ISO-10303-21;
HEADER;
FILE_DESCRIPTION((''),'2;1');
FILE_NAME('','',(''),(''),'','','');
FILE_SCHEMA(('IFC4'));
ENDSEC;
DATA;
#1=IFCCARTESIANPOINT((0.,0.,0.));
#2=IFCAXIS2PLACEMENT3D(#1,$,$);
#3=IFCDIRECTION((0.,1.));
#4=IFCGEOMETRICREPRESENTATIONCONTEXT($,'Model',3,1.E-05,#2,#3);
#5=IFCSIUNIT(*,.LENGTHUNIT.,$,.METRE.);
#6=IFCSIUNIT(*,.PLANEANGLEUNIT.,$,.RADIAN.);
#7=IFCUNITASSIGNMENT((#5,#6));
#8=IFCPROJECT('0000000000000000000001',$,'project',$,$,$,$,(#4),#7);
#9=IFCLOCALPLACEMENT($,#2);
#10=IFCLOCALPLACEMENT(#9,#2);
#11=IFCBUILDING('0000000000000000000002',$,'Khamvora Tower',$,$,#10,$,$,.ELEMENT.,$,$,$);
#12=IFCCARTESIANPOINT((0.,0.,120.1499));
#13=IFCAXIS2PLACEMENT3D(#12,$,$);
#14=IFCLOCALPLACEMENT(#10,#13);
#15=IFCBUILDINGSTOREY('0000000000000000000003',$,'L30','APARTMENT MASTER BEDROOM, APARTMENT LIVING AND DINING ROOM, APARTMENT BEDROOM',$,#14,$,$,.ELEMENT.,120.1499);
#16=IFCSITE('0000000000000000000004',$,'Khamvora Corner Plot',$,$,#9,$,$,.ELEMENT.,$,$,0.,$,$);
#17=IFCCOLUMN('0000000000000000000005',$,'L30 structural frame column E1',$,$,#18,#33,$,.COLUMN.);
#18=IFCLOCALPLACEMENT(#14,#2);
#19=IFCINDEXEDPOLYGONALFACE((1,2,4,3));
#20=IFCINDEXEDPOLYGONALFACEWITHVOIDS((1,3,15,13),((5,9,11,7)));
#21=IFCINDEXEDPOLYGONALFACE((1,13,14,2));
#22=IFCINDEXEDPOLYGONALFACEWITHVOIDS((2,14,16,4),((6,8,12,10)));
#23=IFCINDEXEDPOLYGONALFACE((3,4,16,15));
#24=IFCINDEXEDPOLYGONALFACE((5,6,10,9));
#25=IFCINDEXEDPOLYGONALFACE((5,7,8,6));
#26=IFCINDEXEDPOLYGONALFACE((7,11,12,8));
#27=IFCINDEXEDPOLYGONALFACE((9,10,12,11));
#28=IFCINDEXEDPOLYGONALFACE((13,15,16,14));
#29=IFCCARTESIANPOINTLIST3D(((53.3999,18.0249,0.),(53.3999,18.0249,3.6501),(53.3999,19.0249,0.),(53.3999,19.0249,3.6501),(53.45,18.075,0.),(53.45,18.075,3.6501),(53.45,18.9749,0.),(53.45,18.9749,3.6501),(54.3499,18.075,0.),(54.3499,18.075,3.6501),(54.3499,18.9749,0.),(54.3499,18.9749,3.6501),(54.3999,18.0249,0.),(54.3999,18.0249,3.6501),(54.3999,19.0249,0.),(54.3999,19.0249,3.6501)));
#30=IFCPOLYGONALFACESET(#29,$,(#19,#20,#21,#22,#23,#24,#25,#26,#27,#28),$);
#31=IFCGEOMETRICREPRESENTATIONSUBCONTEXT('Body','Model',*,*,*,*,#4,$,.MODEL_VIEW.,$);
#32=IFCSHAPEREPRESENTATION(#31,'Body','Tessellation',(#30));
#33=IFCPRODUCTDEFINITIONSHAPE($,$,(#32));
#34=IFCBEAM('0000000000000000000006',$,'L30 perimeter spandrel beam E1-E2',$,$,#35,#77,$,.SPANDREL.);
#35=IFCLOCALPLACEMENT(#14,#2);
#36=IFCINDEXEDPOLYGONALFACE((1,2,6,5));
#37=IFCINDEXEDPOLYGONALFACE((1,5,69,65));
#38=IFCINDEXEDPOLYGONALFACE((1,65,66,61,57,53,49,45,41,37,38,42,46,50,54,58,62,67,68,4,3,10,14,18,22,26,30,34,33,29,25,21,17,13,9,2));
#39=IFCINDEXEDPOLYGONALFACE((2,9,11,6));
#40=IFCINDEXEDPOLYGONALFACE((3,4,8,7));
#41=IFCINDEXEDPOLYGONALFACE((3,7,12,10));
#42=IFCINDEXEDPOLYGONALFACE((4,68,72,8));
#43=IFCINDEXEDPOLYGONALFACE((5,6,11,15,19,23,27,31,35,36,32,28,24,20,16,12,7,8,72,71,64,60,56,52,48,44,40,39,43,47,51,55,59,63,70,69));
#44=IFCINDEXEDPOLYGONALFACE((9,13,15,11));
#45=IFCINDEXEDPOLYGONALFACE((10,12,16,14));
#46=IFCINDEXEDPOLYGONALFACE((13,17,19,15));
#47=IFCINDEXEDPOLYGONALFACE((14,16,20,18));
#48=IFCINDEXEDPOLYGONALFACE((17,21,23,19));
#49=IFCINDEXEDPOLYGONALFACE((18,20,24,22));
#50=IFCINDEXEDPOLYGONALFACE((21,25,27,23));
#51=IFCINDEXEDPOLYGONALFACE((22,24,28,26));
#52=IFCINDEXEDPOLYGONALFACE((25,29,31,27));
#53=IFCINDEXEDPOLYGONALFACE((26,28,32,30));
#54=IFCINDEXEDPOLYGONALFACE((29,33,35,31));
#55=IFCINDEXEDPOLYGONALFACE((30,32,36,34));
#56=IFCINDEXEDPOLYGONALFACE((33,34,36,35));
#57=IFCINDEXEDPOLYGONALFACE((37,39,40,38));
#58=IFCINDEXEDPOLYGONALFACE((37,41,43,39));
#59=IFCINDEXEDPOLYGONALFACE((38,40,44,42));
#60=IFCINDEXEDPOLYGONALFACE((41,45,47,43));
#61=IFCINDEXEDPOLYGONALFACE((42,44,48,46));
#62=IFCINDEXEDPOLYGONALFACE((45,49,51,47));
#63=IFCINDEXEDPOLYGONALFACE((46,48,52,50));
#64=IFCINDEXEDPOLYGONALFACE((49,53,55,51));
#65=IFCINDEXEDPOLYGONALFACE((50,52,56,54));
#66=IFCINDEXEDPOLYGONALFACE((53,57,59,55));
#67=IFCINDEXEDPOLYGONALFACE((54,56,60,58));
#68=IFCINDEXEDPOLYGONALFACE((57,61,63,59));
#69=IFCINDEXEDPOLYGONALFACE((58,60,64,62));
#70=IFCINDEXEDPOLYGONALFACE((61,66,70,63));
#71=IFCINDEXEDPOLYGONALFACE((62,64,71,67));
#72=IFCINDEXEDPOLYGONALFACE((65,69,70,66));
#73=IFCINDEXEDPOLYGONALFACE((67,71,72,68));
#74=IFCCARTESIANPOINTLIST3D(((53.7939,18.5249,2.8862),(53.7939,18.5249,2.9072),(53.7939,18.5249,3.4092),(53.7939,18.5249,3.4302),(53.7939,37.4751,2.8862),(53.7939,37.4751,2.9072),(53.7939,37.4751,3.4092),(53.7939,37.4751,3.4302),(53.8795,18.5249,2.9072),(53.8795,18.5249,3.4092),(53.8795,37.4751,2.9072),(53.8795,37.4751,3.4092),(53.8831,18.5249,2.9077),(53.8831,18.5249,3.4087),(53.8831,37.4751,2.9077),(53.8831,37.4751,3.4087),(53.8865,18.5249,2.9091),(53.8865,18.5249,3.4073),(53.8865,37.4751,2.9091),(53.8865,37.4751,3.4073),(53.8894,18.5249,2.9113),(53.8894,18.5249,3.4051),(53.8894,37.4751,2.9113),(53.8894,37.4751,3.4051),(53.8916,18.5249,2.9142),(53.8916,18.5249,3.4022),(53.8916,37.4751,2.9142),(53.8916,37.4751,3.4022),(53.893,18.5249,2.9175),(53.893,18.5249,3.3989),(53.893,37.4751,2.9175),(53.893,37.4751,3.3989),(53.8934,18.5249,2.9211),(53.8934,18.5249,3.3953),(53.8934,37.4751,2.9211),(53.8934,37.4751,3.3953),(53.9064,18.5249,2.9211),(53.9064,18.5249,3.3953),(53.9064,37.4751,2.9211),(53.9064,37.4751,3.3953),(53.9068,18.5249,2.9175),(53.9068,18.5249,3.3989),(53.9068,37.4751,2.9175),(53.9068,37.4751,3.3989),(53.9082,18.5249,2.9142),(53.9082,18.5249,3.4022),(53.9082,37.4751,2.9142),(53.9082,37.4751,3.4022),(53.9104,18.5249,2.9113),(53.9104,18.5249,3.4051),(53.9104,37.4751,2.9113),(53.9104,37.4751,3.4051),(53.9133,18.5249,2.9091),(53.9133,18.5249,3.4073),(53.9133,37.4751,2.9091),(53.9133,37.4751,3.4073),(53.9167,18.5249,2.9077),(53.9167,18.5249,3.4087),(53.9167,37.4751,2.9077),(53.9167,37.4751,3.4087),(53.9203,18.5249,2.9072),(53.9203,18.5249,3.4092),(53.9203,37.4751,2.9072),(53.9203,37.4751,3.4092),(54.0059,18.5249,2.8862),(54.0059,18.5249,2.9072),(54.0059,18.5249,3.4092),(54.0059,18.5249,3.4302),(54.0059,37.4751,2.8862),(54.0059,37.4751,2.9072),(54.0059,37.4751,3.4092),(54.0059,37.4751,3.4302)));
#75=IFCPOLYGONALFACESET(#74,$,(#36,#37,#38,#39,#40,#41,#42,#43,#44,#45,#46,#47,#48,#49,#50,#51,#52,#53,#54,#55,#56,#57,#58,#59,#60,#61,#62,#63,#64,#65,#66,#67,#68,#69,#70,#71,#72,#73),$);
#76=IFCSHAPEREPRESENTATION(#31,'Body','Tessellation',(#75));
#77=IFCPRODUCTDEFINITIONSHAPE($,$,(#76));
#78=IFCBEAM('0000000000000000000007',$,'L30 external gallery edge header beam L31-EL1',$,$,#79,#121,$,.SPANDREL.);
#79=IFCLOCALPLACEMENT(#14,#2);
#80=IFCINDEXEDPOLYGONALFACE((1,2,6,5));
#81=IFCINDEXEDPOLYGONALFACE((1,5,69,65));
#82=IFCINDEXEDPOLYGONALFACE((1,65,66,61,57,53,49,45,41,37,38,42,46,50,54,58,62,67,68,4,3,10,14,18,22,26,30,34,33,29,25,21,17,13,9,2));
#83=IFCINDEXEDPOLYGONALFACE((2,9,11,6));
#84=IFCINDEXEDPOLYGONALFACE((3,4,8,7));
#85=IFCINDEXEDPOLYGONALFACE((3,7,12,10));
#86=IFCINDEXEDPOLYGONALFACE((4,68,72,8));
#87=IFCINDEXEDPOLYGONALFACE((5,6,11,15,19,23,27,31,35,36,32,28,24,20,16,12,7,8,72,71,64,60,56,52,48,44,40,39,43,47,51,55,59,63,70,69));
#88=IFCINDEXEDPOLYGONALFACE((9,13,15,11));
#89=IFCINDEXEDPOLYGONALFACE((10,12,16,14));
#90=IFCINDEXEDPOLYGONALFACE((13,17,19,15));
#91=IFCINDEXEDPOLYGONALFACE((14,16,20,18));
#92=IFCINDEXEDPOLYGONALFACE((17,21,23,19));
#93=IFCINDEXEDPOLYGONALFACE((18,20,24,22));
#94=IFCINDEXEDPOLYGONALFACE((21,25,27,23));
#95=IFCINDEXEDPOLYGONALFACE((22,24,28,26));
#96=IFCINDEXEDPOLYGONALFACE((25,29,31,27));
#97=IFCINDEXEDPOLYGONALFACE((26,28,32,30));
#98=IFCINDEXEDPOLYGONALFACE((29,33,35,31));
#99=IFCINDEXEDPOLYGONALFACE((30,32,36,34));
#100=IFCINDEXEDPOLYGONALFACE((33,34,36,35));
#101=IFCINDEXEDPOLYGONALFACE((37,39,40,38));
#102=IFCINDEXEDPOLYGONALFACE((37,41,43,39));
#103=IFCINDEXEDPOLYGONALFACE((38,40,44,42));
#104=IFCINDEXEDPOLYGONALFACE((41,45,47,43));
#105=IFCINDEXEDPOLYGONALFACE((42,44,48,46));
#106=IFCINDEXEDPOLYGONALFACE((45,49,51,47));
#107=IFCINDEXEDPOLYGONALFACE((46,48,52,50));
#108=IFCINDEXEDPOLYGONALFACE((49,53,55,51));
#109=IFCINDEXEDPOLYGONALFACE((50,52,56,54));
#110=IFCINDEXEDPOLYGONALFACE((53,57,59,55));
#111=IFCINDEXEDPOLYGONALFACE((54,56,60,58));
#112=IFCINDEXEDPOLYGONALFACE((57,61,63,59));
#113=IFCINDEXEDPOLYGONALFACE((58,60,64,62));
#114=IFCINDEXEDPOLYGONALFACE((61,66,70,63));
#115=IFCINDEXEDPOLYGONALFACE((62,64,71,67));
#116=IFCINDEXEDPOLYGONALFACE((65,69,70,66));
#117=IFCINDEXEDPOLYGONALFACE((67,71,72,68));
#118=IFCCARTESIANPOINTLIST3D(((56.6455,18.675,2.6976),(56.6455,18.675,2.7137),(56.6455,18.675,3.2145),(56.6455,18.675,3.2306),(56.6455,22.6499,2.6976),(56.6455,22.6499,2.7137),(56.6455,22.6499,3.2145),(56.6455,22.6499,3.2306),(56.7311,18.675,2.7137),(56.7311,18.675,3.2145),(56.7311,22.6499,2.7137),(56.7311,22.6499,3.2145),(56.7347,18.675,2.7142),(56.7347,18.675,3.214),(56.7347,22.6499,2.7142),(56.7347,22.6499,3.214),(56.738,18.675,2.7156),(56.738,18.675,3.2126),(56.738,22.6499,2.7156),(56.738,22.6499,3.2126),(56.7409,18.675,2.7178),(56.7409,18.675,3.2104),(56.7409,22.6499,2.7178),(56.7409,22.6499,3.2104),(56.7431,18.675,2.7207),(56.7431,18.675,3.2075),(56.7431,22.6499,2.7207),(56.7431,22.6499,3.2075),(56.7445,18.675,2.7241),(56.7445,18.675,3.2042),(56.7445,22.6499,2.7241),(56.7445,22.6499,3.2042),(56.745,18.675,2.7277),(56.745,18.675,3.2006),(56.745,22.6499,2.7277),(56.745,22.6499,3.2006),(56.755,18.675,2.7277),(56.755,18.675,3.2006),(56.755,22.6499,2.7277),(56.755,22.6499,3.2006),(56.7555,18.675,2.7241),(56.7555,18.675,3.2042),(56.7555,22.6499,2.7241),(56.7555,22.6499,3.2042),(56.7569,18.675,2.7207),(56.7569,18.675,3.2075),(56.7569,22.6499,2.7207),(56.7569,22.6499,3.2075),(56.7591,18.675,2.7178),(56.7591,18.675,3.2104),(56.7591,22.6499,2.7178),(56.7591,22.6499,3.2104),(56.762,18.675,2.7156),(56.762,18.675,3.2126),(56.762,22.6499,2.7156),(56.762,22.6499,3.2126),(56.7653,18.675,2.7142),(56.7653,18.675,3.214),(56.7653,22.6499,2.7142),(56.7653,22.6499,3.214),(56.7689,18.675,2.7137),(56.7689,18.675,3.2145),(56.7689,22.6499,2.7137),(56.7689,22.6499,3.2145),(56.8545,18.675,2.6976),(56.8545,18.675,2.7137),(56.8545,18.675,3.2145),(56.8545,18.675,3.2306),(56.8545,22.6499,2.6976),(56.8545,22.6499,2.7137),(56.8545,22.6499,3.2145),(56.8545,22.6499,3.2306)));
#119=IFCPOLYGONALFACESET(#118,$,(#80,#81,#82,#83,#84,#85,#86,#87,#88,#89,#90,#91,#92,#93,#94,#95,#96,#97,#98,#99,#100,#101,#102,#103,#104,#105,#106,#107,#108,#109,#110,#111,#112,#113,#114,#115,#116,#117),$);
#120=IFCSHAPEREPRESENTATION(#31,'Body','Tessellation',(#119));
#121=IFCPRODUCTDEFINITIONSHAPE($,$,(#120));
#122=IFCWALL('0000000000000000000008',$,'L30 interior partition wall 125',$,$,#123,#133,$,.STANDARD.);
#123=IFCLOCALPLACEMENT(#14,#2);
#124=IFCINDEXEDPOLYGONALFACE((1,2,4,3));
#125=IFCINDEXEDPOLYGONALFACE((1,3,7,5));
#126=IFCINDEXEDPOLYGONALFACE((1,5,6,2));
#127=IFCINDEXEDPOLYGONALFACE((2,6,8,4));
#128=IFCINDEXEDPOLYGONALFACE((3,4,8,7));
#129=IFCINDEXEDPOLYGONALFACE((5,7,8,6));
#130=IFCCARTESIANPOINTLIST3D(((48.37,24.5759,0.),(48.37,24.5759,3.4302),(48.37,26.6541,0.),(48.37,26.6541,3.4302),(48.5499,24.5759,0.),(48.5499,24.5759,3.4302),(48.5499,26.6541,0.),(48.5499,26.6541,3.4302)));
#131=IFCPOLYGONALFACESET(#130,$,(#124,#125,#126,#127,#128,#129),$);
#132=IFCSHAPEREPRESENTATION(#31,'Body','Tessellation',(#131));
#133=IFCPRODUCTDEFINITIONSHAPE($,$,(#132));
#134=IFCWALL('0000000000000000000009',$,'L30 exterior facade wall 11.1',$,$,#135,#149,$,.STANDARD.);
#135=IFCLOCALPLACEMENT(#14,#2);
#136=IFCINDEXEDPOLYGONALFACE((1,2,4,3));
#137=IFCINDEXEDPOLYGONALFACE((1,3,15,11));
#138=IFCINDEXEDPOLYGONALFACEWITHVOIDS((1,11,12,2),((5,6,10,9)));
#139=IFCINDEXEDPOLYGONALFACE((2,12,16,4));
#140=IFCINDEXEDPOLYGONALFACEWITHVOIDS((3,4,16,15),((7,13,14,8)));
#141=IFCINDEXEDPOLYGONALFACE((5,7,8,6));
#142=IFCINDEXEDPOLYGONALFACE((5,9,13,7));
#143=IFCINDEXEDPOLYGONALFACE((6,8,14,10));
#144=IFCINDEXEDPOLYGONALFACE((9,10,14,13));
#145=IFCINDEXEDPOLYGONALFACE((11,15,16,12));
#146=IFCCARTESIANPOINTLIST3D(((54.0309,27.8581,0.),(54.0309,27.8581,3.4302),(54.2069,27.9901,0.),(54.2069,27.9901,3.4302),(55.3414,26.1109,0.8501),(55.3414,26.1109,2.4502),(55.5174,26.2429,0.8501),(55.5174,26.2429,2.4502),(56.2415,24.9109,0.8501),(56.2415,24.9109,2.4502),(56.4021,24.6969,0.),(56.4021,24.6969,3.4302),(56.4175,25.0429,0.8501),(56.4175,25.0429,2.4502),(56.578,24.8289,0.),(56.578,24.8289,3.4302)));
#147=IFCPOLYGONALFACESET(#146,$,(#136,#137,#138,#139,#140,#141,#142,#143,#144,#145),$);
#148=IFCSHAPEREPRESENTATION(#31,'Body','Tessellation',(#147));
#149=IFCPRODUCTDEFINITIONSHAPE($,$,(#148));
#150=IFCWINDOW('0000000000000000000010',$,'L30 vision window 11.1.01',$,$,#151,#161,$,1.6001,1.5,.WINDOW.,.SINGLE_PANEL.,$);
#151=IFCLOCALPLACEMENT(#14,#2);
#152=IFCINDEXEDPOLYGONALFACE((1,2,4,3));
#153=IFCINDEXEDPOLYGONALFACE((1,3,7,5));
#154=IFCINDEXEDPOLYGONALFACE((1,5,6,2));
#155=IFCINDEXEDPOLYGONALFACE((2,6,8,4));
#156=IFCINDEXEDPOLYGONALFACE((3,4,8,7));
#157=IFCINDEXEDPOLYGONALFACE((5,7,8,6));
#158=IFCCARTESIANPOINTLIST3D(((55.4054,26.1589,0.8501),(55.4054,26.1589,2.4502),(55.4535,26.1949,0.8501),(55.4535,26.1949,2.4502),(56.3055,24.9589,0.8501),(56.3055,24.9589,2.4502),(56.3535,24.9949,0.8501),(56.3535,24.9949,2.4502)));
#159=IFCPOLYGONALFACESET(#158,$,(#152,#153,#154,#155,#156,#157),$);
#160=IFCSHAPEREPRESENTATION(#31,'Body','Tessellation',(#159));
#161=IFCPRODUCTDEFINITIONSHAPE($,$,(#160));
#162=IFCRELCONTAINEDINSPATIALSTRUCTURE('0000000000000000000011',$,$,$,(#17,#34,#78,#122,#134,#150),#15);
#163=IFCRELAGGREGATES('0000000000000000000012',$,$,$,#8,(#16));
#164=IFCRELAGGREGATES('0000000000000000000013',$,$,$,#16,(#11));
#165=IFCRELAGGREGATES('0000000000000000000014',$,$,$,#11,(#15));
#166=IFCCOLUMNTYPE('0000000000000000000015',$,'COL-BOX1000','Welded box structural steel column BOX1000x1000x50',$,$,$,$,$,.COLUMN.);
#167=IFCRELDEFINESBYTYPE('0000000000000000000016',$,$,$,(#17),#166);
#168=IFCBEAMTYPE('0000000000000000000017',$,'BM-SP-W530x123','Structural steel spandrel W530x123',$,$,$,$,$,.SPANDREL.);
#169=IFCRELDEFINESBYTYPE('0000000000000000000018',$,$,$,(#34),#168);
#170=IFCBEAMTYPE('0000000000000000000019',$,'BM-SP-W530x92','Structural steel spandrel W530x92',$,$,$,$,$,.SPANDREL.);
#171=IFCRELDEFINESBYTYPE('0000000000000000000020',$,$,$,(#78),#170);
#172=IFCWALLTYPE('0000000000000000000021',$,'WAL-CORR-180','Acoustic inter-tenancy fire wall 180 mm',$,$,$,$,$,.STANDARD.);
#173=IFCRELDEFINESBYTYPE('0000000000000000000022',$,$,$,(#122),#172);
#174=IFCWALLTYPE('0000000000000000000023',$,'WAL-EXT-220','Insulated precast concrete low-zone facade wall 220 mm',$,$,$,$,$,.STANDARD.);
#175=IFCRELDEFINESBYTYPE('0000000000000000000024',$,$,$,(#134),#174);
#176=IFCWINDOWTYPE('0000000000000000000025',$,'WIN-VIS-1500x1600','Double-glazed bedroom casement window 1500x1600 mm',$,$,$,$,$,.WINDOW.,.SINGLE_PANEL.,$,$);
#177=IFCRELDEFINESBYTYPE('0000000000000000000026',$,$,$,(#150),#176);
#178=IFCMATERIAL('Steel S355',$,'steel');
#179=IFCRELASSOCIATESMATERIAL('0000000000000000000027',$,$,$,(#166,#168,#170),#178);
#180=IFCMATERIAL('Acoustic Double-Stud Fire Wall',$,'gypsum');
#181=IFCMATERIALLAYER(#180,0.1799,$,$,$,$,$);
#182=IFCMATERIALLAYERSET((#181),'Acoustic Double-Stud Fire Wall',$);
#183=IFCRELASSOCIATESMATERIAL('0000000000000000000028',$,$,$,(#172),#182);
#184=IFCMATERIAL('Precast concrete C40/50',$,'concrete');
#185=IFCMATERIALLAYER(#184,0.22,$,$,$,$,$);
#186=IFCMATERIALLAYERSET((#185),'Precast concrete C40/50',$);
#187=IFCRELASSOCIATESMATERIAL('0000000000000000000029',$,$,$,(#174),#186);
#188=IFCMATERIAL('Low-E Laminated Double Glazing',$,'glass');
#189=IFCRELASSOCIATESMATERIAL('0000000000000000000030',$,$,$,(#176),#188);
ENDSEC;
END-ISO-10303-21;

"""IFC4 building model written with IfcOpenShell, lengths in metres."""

from ifc_helpers import new_model, si_unit, direction, frame, frame_2d, origin, origin_2d, place, context, subcontext, project, spatial, rectangle, hollow_rectangle, i_section, extrude, material, layer, layer_set, material_profile, profile_set, type_object, element, fill, save


model = new_model("IFC4")

# Units and contexts
model_context = context("Model", 3, precision=1e-05, world=origin(), true_north=direction((0.0, 1.0)))
body_context = subcontext(model_context, "Body", "Model", "MODEL_VIEW")
ifc_project = project(units=[si_unit("LENGTHUNIT", "METRE"), si_unit("PLANEANGLEUNIT", "RADIAN")], contexts=[model_context])

# Site, building, storey
site_placement = place(None, origin())
site = spatial("IfcSite", under=ifc_project, at=site_placement, Name="Khamvora Corner Plot", CompositionType="ELEMENT", RefElevation=0.0)
building_placement = place(site_placement, origin())
building = spatial("IfcBuilding", under=site, at=building_placement, Name="Khamvora Tower", CompositionType="ELEMENT")
storey_placement = place(building_placement, frame((0.0, 0.0, 120.1499)))
storey = spatial("IfcBuildingStorey", under=building, at=storey_placement, Name="L30", Description="APARTMENT MASTER BEDROOM, APARTMENT LIVING AND DINING ROOM, APARTMENT BEDROOM", CompositionType="ELEMENT", Elevation=120.1499)

# Column
ifc_material_1 = material(Name="Steel S355", Category="steel")
ifc_material_profile_1 = material_profile(ifc_material_1, hollow_rectangle(XDim=1.0, YDim=1.0, WallThickness=0.05, at=origin_2d()), Name="BOX1000x1000x50")
ifc_profile_set_1 = profile_set([ifc_material_profile_1], Name="Steel S355")
column_type = type_object("IfcColumnType", Name="COL-BOX1000", Description="Welded box structural steel column BOX1000x1000x50", PredefinedType="COLUMN", material=ifc_profile_set_1)
column_placement = place(storey_placement, frame((53.8999, 18.5249, 0.0), z_axis=(0.0, 0.0, 1.0), x_axis=(1.0, 0.0, 0.0)))
element("IfcColumn", 1, at=column_placement, inside=storey, type_object=column_type, Name="L30 structural frame column E1", PredefinedType="COLUMN", context=body_context, shape_type="SweptSolid", body=[
    extrude(hollow_rectangle(XDim=1.0, YDim=1.0, WallThickness=0.05, at=origin_2d()), origin(), (0.0, 0.0, 1.0), 3.6501),
])

# Beams
ifc_material_profile_2 = material_profile(ifc_material_1, i_section(OverallWidth=0.2119, OverallDepth=0.5439, WebThickness=0.0129, FlangeThickness=0.021, FilletRadius=0.0139, at=origin_2d()), Name="W530x123")
ifc_profile_set_2 = profile_set([ifc_material_profile_2], Name="Steel S355")
beam_type_1 = type_object("IfcBeamType", Name="BM-SP-W530x123", Description="Structural steel spandrel W530x123", PredefinedType="SPANDREL", material=ifc_profile_set_2)
beam_1_placement = place(storey_placement, frame((53.8999, 18.5249, 3.1582), z_axis=(0.0, 1.0, 0.0), x_axis=(-1.0, 0.0, 0.0)))
element("IfcBeam", 2, at=beam_1_placement, inside=storey, type_object=beam_type_1, Name="L30 perimeter spandrel beam E1-E2", PredefinedType="SPANDREL", context=body_context, shape_type="SweptSolid", body=[
    extrude(i_section(OverallWidth=0.2119, OverallDepth=0.5439, WebThickness=0.0129, FlangeThickness=0.021, FilletRadius=0.0139, at=origin_2d()), origin(), (0.0, 0.0, 1.0), 18.9502),
])
ifc_material_profile_3 = material_profile(ifc_material_1, i_section(OverallWidth=0.209, OverallDepth=0.533, WebThickness=0.01, FlangeThickness=0.0161, FilletRadius=0.0139, at=origin_2d()), Name="W530x92")
ifc_profile_set_3 = profile_set([ifc_material_profile_3], Name="Steel S355")
beam_type_2 = type_object("IfcBeamType", Name="BM-SP-W530x92", Description="Structural steel spandrel W530x92", PredefinedType="SPANDREL", material=ifc_profile_set_3)
beam_2_placement = place(storey_placement, frame((56.75, 18.675, 2.9641), z_axis=(0.0, 1.0, 0.0), x_axis=(-1.0, 0.0, 0.0)))
element("IfcBeam", 3, at=beam_2_placement, inside=storey, type_object=beam_type_2, Name="L30 external gallery edge header beam L31-EL1", PredefinedType="SPANDREL", context=body_context, shape_type="SweptSolid", body=[
    extrude(i_section(OverallWidth=0.209, OverallDepth=0.533, WebThickness=0.01, FlangeThickness=0.0161, FilletRadius=0.0139, at=origin_2d()), origin(), (0.0, 0.0, 1.0), 3.9749),
])

# Wall
ifc_material_2 = material(Name="Acoustic Double-Stud Fire Wall", Category="gypsum")
ifc_layer_1 = layer(ifc_material_2, 0.1799)
ifc_layer_set_1 = layer_set([ifc_layer_1], Name="Acoustic Double-Stud Fire Wall")
wall_type_1 = type_object("IfcWallType", Name="WAL-CORR-180", Description="Acoustic inter-tenancy fire wall 180 mm", PredefinedType="STANDARD", material=ifc_layer_set_1)
wall_1_placement = place(storey_placement, frame((48.46, 26.6541, 0.0), z_axis=(0.0, 0.0, 1.0), x_axis=(0.0, -1.0, 0.0)))
element("IfcWall", 4, at=wall_1_placement, inside=storey, type_object=wall_type_1, Name="L30 interior partition wall 125", PredefinedType="STANDARD", context=body_context, shape_type="SweptSolid", body=[
    extrude(rectangle(XDim=2.0781, YDim=0.1799, at=frame_2d((1.0391, 0.0))), origin(), (0.0, 0.0, 1.0), 3.4302),
])

# Wall, opening, window
ifc_material_3 = material(Name="Precast concrete C40/50", Category="concrete")
ifc_layer_2 = layer(ifc_material_3, 0.22)
ifc_layer_set_2 = layer_set([ifc_layer_2], Name="Precast concrete C40/50")
wall_type_2 = type_object("IfcWallType", Name="WAL-EXT-220", Description="Insulated precast concrete low-zone facade wall 220 mm", PredefinedType="STANDARD", material=ifc_layer_set_2)
wall_2_placement = place(storey_placement, frame((54.1189, 27.9241, 0.0), z_axis=(0.0, 0.0, 1.0), x_axis=(0.60004, -0.79997, 0.0)))
wall_2 = element("IfcWall", 5, at=wall_2_placement, inside=storey, type_object=wall_type_2, Name="L30 exterior facade wall 11.1", PredefinedType="STANDARD", context=body_context, shape_type="SweptSolid", body=[
    extrude(rectangle(XDim=3.9517, YDim=0.22, at=frame_2d((1.9758, 0.0))), origin(), (0.0, 0.0, 1.0), 3.4302),
])
opening_1_placement = place(wall_2_placement, frame((2.1841, 0.0, 0.8501)))
opening_1 = element("IfcOpeningElement", 6, at=opening_1_placement, cuts=wall_2, PredefinedType="OPENING", context=body_context, shape_type="SweptSolid", body=[
    extrude(rectangle(XDim=1.5, YDim=1.6001, at=frame_2d((0.75, 0.8))), frame((0.0, 0.1199, 0.0), z_axis=(0.0, -1.0, 0.0), x_axis=(1.0, 0.0, 0.0)), (0.0, 0.0, 1.0), 0.24),
])
ifc_material_4 = material(Name="Low-E Laminated Double Glazing", Category="glass")
window_type_1 = type_object("IfcWindowType", Name="WIN-VIS-1500x1600", Description="Double-glazed bedroom casement window 1500x1600 mm", PartitioningType="SINGLE_PANEL", PredefinedType="WINDOW", material=ifc_material_4)
window_1_placement = place(opening_1_placement, origin())
window_1 = element("IfcWindow", 7, at=window_1_placement, inside=storey, type_object=window_type_1, Name="L30 vision window 11.1.01", OverallHeight=1.6001, OverallWidth=1.5, PartitioningType="SINGLE_PANEL", PredefinedType="WINDOW", context=body_context, shape_type="SweptSolid", body=[
    extrude(rectangle(XDim=1.5, YDim=1.6001, at=frame_2d((0.75, 0.8))), frame((0.0, 0.03, 0.0), z_axis=(0.0, -1.0, 0.0), x_axis=(1.0, 0.0, 0.0)), (0.0, 0.0, 1.0), 0.0601),
])
fill(opening_1, window_1)

save(model, "model.ifc")
